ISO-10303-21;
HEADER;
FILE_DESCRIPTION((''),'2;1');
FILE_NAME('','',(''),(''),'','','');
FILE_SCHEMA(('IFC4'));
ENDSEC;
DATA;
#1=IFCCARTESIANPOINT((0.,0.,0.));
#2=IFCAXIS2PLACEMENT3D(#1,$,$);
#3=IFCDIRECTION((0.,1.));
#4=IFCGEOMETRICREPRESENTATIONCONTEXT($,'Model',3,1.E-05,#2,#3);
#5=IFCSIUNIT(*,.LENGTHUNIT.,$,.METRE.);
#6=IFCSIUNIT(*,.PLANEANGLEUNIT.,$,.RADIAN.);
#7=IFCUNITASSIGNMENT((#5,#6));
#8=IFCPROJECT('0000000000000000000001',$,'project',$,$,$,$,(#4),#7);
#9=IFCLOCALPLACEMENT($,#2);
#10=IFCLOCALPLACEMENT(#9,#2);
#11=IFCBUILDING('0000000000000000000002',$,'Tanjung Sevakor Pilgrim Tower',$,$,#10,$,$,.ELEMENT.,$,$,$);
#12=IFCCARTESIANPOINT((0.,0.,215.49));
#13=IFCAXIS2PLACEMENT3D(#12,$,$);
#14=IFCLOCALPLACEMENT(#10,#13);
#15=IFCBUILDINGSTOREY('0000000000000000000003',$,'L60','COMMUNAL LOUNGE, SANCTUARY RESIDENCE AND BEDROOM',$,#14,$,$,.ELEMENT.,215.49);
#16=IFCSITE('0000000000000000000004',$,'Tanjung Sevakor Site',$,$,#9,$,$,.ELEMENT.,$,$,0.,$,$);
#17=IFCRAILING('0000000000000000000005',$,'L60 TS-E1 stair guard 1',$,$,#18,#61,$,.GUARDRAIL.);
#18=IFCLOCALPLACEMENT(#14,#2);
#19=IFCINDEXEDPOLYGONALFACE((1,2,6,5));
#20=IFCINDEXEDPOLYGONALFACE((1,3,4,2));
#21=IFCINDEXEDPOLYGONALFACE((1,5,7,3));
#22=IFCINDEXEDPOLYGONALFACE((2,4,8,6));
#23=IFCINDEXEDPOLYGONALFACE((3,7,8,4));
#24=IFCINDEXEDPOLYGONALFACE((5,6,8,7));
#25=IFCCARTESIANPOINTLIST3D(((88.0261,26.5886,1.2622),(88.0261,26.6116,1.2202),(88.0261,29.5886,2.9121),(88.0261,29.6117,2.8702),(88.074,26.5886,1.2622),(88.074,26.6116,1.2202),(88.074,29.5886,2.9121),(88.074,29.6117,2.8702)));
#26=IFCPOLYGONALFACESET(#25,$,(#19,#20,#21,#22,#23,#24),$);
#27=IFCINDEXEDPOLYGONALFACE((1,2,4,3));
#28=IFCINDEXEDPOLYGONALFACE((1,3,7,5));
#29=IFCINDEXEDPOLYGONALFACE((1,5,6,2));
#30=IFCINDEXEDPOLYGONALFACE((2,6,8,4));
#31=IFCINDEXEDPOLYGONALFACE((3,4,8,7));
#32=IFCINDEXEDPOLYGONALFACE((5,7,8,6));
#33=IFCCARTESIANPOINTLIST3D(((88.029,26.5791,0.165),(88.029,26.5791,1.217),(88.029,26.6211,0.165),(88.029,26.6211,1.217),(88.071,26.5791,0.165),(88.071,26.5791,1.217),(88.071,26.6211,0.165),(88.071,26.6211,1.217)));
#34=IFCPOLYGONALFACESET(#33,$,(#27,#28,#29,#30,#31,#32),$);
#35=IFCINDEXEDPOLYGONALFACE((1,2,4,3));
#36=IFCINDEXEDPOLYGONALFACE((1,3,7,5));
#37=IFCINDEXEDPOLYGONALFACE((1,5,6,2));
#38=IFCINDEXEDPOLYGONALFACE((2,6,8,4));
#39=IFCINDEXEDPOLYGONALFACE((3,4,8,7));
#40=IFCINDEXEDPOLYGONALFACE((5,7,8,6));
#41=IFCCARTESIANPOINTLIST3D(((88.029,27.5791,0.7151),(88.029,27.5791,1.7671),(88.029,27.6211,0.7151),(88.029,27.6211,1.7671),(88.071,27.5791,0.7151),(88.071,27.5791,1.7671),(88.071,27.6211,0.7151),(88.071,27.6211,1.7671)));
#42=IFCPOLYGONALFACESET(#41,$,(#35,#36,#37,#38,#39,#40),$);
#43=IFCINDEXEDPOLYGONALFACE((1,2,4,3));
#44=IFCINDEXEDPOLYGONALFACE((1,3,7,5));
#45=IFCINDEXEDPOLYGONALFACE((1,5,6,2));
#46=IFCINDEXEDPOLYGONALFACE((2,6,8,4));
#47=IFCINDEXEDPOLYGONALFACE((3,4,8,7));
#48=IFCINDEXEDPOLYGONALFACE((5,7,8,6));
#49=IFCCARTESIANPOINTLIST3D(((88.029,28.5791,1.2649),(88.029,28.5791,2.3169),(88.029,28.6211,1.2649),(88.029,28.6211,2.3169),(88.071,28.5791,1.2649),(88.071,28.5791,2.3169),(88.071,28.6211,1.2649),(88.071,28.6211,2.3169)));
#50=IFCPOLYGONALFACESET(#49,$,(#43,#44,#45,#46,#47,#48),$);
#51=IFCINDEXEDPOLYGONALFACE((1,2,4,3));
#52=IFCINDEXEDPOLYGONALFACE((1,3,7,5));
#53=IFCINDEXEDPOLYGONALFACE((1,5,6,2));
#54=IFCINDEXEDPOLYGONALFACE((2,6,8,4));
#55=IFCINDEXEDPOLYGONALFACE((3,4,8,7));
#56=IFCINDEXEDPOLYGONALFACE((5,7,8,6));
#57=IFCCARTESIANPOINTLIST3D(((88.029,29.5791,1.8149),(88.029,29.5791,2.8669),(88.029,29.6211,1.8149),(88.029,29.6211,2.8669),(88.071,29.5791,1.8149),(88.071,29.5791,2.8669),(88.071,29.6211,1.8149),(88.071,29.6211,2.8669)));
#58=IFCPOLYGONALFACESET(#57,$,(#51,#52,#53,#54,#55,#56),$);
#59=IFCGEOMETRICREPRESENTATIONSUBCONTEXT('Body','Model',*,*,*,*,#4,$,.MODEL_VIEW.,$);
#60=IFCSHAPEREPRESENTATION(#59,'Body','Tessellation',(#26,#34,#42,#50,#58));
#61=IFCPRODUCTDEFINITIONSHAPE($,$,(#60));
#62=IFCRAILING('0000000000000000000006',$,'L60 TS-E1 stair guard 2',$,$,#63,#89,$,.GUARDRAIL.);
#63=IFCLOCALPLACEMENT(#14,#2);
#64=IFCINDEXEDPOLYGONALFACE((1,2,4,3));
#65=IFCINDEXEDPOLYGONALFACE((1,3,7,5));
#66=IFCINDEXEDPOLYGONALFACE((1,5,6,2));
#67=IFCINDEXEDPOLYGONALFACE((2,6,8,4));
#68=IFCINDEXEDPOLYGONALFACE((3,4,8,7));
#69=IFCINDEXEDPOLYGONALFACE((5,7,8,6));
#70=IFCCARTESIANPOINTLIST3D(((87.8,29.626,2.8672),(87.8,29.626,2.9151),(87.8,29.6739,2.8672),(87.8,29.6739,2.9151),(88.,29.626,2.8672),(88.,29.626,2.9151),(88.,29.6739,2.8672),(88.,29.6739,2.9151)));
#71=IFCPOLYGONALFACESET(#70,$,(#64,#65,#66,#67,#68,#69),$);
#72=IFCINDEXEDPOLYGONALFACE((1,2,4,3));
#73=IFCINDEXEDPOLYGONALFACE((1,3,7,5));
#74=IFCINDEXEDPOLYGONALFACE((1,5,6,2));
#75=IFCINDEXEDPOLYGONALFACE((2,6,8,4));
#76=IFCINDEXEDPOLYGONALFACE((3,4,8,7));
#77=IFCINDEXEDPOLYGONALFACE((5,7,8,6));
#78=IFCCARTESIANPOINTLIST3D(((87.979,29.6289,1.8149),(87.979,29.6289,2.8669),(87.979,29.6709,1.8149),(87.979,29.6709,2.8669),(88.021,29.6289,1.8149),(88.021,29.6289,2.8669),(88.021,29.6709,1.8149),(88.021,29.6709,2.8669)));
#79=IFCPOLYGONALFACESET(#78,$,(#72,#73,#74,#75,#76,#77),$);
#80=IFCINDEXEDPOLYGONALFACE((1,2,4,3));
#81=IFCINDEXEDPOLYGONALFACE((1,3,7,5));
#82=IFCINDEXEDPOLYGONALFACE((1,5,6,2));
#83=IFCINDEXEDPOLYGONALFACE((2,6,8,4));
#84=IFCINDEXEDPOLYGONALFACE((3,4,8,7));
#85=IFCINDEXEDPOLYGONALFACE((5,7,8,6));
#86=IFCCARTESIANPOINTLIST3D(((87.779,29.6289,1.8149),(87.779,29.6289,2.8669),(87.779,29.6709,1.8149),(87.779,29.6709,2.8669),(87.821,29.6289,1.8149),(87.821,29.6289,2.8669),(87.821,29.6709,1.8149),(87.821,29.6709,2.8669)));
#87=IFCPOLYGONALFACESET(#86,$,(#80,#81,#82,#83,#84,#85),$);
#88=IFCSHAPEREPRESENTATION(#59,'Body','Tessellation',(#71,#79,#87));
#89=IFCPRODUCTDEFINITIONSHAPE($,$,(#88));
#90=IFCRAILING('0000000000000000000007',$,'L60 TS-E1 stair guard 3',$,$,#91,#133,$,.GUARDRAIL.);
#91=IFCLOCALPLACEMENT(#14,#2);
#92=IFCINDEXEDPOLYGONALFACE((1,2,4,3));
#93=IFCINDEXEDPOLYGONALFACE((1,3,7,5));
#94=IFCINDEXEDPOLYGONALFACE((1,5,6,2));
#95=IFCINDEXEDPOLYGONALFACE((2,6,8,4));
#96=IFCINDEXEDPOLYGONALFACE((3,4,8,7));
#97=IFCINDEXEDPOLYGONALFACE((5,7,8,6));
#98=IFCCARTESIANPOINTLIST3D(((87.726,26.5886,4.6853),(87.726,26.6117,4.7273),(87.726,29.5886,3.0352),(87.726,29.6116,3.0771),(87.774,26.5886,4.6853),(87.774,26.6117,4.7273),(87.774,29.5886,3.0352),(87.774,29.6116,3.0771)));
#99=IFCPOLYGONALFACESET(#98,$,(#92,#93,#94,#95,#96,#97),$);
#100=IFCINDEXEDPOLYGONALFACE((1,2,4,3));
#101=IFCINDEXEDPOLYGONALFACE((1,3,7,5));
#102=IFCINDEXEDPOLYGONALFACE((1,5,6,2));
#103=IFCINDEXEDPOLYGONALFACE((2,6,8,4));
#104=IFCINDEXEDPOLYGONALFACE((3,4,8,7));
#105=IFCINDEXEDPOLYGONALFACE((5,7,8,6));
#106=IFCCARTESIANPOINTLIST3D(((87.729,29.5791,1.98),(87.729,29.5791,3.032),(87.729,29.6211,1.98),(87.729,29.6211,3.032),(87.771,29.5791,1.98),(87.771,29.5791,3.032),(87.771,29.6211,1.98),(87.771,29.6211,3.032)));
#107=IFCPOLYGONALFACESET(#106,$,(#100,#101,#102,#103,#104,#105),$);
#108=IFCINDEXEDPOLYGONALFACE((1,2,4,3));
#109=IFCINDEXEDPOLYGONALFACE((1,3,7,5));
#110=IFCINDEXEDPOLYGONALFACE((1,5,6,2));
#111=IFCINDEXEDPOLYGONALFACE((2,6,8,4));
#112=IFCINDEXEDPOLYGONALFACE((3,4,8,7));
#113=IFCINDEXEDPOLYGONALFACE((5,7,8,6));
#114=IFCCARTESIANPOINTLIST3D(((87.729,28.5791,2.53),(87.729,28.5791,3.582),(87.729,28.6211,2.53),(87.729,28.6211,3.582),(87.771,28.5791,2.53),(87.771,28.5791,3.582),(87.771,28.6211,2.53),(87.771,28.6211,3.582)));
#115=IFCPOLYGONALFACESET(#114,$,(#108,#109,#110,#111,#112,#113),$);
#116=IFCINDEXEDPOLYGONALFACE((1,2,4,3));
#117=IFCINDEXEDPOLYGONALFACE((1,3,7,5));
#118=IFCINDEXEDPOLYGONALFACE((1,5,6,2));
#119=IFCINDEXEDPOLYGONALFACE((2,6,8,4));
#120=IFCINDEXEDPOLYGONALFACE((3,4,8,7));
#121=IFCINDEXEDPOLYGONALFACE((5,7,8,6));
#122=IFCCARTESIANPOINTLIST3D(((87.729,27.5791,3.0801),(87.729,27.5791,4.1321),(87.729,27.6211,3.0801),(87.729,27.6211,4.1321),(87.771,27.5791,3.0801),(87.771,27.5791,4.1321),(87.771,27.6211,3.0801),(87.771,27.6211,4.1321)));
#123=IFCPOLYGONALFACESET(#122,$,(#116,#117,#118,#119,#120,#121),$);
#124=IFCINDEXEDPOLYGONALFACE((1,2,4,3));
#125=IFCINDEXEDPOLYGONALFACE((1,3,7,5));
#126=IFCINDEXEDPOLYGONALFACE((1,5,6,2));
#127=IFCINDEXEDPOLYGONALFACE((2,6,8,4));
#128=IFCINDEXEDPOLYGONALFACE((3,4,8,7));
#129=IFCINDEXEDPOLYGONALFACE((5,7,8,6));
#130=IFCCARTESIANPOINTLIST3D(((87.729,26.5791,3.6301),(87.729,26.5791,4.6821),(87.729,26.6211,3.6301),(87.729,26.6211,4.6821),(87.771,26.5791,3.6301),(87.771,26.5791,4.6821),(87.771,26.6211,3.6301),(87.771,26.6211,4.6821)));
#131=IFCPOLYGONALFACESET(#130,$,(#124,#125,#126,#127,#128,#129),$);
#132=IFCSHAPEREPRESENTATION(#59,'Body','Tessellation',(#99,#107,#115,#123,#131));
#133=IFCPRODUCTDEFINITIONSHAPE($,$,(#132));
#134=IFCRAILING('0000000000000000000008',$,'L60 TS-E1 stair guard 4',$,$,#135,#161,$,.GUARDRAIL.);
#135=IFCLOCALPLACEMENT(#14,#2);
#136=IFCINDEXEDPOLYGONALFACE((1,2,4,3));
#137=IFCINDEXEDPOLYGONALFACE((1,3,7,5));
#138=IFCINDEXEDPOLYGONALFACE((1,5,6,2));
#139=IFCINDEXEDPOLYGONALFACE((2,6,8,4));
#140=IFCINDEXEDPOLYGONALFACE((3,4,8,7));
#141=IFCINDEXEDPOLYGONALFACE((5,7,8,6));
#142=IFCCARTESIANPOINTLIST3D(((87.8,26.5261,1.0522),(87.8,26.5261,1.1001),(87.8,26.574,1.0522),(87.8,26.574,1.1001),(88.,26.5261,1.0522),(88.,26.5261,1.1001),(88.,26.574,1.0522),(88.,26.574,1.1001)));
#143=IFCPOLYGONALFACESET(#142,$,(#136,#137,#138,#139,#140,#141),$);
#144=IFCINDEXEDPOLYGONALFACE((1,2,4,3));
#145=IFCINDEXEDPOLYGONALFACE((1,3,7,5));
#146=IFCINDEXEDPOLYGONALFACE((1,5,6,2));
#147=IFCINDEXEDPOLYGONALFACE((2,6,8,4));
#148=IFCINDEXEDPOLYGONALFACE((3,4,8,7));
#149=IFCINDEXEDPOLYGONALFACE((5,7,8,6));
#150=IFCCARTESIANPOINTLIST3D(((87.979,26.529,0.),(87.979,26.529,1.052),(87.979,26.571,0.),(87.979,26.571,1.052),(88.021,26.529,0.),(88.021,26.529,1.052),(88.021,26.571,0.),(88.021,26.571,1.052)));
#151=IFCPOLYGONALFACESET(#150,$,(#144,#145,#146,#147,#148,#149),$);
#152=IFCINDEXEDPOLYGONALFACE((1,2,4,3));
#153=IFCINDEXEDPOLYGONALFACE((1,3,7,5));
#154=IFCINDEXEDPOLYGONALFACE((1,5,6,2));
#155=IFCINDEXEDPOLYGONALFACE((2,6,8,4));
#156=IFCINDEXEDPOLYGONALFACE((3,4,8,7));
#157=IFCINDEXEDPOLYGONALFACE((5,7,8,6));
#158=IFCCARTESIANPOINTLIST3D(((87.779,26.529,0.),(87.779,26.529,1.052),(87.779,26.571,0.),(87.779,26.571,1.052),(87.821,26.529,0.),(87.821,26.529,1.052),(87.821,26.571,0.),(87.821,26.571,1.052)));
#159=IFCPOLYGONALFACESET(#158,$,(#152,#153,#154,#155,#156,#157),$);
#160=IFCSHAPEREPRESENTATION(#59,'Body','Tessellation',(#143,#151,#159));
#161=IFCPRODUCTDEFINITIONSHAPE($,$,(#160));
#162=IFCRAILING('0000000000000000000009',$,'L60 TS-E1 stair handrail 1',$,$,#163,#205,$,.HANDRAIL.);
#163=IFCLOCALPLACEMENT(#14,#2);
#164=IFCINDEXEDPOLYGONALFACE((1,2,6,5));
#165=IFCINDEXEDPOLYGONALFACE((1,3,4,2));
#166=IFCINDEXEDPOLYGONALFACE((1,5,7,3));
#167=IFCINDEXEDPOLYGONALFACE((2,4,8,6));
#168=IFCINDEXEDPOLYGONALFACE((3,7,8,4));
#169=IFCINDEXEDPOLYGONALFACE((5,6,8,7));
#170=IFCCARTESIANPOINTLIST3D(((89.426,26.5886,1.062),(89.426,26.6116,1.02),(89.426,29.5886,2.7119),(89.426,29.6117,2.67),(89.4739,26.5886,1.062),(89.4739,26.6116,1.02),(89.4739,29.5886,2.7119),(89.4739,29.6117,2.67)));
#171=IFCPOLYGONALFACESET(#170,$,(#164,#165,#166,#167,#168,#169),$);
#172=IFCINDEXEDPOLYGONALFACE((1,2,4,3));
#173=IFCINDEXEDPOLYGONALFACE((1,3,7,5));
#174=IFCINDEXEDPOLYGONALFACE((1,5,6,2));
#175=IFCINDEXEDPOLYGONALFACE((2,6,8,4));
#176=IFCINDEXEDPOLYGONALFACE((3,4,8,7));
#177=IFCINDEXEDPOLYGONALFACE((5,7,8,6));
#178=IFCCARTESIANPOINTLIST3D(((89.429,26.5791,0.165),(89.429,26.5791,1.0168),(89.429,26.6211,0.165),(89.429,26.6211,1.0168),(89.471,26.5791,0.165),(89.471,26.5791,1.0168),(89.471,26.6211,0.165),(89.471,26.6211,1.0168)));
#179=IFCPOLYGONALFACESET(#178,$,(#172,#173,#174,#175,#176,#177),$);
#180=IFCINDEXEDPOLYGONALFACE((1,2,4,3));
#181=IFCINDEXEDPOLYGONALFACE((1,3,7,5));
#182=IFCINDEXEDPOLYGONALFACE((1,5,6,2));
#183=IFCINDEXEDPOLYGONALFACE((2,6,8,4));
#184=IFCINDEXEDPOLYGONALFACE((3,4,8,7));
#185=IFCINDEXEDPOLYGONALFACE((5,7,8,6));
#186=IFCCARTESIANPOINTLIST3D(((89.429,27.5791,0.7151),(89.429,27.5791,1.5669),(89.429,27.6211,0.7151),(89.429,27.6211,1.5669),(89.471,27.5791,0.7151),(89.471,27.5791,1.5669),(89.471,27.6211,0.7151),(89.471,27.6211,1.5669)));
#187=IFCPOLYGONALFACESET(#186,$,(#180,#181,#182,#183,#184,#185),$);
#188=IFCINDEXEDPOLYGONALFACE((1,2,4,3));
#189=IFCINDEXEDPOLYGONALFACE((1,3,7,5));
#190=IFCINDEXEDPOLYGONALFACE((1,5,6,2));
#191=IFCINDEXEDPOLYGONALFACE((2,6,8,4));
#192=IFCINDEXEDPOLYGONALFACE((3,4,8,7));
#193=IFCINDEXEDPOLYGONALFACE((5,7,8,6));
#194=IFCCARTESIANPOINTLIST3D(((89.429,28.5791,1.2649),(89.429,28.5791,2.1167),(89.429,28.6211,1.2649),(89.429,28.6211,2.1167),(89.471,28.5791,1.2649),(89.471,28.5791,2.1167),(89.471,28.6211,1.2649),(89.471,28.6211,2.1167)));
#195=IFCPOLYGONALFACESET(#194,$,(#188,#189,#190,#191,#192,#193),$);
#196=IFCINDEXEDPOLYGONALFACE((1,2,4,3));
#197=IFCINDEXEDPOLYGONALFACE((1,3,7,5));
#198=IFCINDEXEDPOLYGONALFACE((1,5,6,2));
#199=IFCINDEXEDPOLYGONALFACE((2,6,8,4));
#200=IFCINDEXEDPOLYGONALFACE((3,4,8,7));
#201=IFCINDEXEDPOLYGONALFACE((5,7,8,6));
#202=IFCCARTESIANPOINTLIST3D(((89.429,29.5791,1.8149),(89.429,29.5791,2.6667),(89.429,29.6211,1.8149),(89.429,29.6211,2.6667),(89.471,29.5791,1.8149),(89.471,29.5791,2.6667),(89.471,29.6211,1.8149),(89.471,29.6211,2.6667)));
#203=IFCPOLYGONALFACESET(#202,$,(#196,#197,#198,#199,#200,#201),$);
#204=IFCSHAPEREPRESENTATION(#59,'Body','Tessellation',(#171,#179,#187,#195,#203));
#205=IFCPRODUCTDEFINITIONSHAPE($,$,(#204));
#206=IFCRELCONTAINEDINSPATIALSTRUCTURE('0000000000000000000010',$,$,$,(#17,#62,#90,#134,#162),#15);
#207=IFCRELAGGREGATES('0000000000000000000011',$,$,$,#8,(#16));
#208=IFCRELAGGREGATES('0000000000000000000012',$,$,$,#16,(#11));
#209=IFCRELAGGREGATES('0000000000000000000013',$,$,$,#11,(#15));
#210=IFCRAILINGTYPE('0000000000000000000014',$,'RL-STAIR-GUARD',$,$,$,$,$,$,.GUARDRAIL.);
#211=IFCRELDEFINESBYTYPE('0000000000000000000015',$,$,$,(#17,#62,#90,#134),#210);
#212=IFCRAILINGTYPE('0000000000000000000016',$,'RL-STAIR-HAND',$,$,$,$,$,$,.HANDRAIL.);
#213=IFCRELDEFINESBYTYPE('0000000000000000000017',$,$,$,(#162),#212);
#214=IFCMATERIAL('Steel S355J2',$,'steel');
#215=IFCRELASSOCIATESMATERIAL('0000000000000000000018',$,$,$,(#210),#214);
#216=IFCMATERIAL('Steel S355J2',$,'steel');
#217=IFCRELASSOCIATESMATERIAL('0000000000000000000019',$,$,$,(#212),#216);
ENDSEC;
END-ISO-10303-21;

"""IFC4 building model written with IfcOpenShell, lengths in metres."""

from ifc_helpers import new_model, si_unit, direction, frame, origin, place, context, subcontext, project, spatial, rectangle, extrude, material, type_object, element, save


model = new_model("IFC4")

# Units and contexts
model_context = context("Model", 3, precision=1e-05, world=origin(), true_north=direction((0.0, 1.0)))
body_context = subcontext(model_context, "Body", "Model", "MODEL_VIEW")
ifc_project = project(units=[si_unit("LENGTHUNIT", "METRE"), si_unit("PLANEANGLEUNIT", "RADIAN")], contexts=[model_context])

# Site, building, storey
site_placement = place(None, origin())
site = spatial("IfcSite", under=ifc_project, at=site_placement, Name="Tanjung Sevakor Site", CompositionType="ELEMENT", RefElevation=0.0)
building_placement = place(site_placement, origin())
building = spatial("IfcBuilding", under=site, at=building_placement, Name="Tanjung Sevakor Pilgrim Tower", CompositionType="ELEMENT")
storey_placement = place(building_placement, frame((0.0, 0.0, 215.49)))
storey = spatial("IfcBuildingStorey", under=building, at=storey_placement, Name="L60", Description="COMMUNAL LOUNGE, SANCTUARY RESIDENCE AND BEDROOM", CompositionType="ELEMENT", Elevation=215.49)

# Railings
ifc_material_1 = material(Name="Steel S355J2", Category="steel")
railing_type_1 = type_object("IfcRailingType", Name="RL-STAIR-GUARD", PredefinedType="GUARDRAIL", material=ifc_material_1)
railing_1_placement = place(storey_placement, frame((88.05, 26.6001, 0.165)))
element("IfcRailing", 1, at=railing_1_placement, inside=storey, type_object=railing_type_1, Name="L60 TS-E1 stair guard 1", PredefinedType="GUARDRAIL", context=body_context, shape_type="SweptSolid", body=[
    extrude(rectangle(XDim=0.0479, YDim=0.0479), frame((0.0, 0.0, 1.0762), z_axis=(0.0, 0.876228, 0.481897), x_axis=(-1.0, 0.0, 0.0)), (0.0, 0.0, 1.0), 3.4238),
    extrude(rectangle(XDim=0.042, YDim=0.042), origin(), (0.0, 0.0, 1.0), 1.052),
    extrude(rectangle(XDim=0.042, YDim=0.042), frame((0.0, 1.0, 0.55)), (0.0, 0.0, 1.0), 1.052),
    extrude(rectangle(XDim=0.042, YDim=0.042), frame((0.0, 2.0, 1.0999)), (0.0, 0.0, 1.0), 1.052),
    extrude(rectangle(XDim=0.042, YDim=0.042), frame((0.0, 3.0, 1.6499)), (0.0, 0.0, 1.0), 1.052),
])
railing_2_placement = place(storey_placement, frame((88.0, 29.6499, 1.8149)))
element("IfcRailing", 2, at=railing_2_placement, inside=storey, type_object=railing_type_1, Name="L60 TS-E1 stair guard 2", PredefinedType="GUARDRAIL", context=body_context, shape_type="SweptSolid", body=[
    extrude(rectangle(XDim=0.0479, YDim=0.0479), frame((0.0, 0.0, 1.0762), z_axis=(-1.0, 0.0, 0.0), x_axis=(0.0, -1.0, 0.0)), (0.0, 0.0, 1.0), 0.2),
    extrude(rectangle(XDim=0.042, YDim=0.042), origin(), (0.0, 0.0, 1.0), 1.052),
    extrude(rectangle(XDim=0.042, YDim=0.042), frame((-0.2, 0.0, 0.0)), (0.0, 0.0, 1.0), 1.052),
])
railing_3_placement = place(storey_placement, frame((87.75, 29.6001, 1.98)))
element("IfcRailing", 3, at=railing_3_placement, inside=storey, type_object=railing_type_1, Name="L60 TS-E1 stair guard 3", PredefinedType="GUARDRAIL", context=body_context, shape_type="SweptSolid", body=[
    extrude(rectangle(XDim=0.0479, YDim=0.0479), frame((0.0, 0.0, 1.0762), z_axis=(0.0, -0.876198, 0.481952), x_axis=(1.0, 0.0, 0.0)), (0.0, 0.0, 1.0), 3.4238),
    extrude(rectangle(XDim=0.042, YDim=0.042), origin(), (0.0, 0.0, 1.0), 1.052),
    extrude(rectangle(XDim=0.042, YDim=0.042), frame((0.0, -1.0, 0.55)), (0.0, 0.0, 1.0), 1.052),
    extrude(rectangle(XDim=0.042, YDim=0.042), frame((0.0, -2.0, 1.1001)), (0.0, 0.0, 1.0), 1.052),
    extrude(rectangle(XDim=0.042, YDim=0.042), frame((0.0, -3.0, 1.6501)), (0.0, 0.0, 1.0), 1.052),
])
railing_4_placement = place(storey_placement, frame((88.0, 26.55, 0.0)))
element("IfcRailing", 4, at=railing_4_placement, inside=storey, type_object=railing_type_1, Name="L60 TS-E1 stair guard 4", PredefinedType="GUARDRAIL", context=body_context, shape_type="SweptSolid", body=[
    extrude(rectangle(XDim=0.0479, YDim=0.0479), frame((0.0, 0.0, 1.0762), z_axis=(-1.0, 0.0, 0.0), x_axis=(0.0, -1.0, 0.0)), (0.0, 0.0, 1.0), 0.2),
    extrude(rectangle(XDim=0.042, YDim=0.042), origin(), (0.0, 0.0, 1.0), 1.052),
    extrude(rectangle(XDim=0.042, YDim=0.042), frame((-0.2, 0.0, 0.0)), (0.0, 0.0, 1.0), 1.052),
])
ifc_material_2 = material(Name="Steel S355J2", Category="steel")
railing_type_2 = type_object("IfcRailingType", Name="RL-STAIR-HAND", PredefinedType="HANDRAIL", material=ifc_material_2)
railing_5_placement = place(storey_placement, frame((89.45, 26.6001, 0.165)))
element("IfcRailing", 5, at=railing_5_placement, inside=storey, type_object=railing_type_2, Name="L60 TS-E1 stair handrail 1", PredefinedType="HANDRAIL", context=body_context, shape_type="SweptSolid", body=[
    extrude(rectangle(XDim=0.0479, YDim=0.0479), frame((0.0, 0.0, 0.876), z_axis=(0.0, 0.876228, 0.481897), x_axis=(-1.0, 0.0, 0.0)), (0.0, 0.0, 1.0), 3.4238),
    extrude(rectangle(XDim=0.042, YDim=0.042), origin(), (0.0, 0.0, 1.0), 0.8518),
    extrude(rectangle(XDim=0.042, YDim=0.042), frame((0.0, 1.0, 0.55)), (0.0, 0.0, 1.0), 0.8518),
    extrude(rectangle(XDim=0.042, YDim=0.042), frame((0.0, 2.0, 1.0999)), (0.0, 0.0, 1.0), 0.8518),
    extrude(rectangle(XDim=0.042, YDim=0.042), frame((0.0, 3.0, 1.6499)), (0.0, 0.0, 1.0), 0.8518),
])

save(model, "model.ifc")
